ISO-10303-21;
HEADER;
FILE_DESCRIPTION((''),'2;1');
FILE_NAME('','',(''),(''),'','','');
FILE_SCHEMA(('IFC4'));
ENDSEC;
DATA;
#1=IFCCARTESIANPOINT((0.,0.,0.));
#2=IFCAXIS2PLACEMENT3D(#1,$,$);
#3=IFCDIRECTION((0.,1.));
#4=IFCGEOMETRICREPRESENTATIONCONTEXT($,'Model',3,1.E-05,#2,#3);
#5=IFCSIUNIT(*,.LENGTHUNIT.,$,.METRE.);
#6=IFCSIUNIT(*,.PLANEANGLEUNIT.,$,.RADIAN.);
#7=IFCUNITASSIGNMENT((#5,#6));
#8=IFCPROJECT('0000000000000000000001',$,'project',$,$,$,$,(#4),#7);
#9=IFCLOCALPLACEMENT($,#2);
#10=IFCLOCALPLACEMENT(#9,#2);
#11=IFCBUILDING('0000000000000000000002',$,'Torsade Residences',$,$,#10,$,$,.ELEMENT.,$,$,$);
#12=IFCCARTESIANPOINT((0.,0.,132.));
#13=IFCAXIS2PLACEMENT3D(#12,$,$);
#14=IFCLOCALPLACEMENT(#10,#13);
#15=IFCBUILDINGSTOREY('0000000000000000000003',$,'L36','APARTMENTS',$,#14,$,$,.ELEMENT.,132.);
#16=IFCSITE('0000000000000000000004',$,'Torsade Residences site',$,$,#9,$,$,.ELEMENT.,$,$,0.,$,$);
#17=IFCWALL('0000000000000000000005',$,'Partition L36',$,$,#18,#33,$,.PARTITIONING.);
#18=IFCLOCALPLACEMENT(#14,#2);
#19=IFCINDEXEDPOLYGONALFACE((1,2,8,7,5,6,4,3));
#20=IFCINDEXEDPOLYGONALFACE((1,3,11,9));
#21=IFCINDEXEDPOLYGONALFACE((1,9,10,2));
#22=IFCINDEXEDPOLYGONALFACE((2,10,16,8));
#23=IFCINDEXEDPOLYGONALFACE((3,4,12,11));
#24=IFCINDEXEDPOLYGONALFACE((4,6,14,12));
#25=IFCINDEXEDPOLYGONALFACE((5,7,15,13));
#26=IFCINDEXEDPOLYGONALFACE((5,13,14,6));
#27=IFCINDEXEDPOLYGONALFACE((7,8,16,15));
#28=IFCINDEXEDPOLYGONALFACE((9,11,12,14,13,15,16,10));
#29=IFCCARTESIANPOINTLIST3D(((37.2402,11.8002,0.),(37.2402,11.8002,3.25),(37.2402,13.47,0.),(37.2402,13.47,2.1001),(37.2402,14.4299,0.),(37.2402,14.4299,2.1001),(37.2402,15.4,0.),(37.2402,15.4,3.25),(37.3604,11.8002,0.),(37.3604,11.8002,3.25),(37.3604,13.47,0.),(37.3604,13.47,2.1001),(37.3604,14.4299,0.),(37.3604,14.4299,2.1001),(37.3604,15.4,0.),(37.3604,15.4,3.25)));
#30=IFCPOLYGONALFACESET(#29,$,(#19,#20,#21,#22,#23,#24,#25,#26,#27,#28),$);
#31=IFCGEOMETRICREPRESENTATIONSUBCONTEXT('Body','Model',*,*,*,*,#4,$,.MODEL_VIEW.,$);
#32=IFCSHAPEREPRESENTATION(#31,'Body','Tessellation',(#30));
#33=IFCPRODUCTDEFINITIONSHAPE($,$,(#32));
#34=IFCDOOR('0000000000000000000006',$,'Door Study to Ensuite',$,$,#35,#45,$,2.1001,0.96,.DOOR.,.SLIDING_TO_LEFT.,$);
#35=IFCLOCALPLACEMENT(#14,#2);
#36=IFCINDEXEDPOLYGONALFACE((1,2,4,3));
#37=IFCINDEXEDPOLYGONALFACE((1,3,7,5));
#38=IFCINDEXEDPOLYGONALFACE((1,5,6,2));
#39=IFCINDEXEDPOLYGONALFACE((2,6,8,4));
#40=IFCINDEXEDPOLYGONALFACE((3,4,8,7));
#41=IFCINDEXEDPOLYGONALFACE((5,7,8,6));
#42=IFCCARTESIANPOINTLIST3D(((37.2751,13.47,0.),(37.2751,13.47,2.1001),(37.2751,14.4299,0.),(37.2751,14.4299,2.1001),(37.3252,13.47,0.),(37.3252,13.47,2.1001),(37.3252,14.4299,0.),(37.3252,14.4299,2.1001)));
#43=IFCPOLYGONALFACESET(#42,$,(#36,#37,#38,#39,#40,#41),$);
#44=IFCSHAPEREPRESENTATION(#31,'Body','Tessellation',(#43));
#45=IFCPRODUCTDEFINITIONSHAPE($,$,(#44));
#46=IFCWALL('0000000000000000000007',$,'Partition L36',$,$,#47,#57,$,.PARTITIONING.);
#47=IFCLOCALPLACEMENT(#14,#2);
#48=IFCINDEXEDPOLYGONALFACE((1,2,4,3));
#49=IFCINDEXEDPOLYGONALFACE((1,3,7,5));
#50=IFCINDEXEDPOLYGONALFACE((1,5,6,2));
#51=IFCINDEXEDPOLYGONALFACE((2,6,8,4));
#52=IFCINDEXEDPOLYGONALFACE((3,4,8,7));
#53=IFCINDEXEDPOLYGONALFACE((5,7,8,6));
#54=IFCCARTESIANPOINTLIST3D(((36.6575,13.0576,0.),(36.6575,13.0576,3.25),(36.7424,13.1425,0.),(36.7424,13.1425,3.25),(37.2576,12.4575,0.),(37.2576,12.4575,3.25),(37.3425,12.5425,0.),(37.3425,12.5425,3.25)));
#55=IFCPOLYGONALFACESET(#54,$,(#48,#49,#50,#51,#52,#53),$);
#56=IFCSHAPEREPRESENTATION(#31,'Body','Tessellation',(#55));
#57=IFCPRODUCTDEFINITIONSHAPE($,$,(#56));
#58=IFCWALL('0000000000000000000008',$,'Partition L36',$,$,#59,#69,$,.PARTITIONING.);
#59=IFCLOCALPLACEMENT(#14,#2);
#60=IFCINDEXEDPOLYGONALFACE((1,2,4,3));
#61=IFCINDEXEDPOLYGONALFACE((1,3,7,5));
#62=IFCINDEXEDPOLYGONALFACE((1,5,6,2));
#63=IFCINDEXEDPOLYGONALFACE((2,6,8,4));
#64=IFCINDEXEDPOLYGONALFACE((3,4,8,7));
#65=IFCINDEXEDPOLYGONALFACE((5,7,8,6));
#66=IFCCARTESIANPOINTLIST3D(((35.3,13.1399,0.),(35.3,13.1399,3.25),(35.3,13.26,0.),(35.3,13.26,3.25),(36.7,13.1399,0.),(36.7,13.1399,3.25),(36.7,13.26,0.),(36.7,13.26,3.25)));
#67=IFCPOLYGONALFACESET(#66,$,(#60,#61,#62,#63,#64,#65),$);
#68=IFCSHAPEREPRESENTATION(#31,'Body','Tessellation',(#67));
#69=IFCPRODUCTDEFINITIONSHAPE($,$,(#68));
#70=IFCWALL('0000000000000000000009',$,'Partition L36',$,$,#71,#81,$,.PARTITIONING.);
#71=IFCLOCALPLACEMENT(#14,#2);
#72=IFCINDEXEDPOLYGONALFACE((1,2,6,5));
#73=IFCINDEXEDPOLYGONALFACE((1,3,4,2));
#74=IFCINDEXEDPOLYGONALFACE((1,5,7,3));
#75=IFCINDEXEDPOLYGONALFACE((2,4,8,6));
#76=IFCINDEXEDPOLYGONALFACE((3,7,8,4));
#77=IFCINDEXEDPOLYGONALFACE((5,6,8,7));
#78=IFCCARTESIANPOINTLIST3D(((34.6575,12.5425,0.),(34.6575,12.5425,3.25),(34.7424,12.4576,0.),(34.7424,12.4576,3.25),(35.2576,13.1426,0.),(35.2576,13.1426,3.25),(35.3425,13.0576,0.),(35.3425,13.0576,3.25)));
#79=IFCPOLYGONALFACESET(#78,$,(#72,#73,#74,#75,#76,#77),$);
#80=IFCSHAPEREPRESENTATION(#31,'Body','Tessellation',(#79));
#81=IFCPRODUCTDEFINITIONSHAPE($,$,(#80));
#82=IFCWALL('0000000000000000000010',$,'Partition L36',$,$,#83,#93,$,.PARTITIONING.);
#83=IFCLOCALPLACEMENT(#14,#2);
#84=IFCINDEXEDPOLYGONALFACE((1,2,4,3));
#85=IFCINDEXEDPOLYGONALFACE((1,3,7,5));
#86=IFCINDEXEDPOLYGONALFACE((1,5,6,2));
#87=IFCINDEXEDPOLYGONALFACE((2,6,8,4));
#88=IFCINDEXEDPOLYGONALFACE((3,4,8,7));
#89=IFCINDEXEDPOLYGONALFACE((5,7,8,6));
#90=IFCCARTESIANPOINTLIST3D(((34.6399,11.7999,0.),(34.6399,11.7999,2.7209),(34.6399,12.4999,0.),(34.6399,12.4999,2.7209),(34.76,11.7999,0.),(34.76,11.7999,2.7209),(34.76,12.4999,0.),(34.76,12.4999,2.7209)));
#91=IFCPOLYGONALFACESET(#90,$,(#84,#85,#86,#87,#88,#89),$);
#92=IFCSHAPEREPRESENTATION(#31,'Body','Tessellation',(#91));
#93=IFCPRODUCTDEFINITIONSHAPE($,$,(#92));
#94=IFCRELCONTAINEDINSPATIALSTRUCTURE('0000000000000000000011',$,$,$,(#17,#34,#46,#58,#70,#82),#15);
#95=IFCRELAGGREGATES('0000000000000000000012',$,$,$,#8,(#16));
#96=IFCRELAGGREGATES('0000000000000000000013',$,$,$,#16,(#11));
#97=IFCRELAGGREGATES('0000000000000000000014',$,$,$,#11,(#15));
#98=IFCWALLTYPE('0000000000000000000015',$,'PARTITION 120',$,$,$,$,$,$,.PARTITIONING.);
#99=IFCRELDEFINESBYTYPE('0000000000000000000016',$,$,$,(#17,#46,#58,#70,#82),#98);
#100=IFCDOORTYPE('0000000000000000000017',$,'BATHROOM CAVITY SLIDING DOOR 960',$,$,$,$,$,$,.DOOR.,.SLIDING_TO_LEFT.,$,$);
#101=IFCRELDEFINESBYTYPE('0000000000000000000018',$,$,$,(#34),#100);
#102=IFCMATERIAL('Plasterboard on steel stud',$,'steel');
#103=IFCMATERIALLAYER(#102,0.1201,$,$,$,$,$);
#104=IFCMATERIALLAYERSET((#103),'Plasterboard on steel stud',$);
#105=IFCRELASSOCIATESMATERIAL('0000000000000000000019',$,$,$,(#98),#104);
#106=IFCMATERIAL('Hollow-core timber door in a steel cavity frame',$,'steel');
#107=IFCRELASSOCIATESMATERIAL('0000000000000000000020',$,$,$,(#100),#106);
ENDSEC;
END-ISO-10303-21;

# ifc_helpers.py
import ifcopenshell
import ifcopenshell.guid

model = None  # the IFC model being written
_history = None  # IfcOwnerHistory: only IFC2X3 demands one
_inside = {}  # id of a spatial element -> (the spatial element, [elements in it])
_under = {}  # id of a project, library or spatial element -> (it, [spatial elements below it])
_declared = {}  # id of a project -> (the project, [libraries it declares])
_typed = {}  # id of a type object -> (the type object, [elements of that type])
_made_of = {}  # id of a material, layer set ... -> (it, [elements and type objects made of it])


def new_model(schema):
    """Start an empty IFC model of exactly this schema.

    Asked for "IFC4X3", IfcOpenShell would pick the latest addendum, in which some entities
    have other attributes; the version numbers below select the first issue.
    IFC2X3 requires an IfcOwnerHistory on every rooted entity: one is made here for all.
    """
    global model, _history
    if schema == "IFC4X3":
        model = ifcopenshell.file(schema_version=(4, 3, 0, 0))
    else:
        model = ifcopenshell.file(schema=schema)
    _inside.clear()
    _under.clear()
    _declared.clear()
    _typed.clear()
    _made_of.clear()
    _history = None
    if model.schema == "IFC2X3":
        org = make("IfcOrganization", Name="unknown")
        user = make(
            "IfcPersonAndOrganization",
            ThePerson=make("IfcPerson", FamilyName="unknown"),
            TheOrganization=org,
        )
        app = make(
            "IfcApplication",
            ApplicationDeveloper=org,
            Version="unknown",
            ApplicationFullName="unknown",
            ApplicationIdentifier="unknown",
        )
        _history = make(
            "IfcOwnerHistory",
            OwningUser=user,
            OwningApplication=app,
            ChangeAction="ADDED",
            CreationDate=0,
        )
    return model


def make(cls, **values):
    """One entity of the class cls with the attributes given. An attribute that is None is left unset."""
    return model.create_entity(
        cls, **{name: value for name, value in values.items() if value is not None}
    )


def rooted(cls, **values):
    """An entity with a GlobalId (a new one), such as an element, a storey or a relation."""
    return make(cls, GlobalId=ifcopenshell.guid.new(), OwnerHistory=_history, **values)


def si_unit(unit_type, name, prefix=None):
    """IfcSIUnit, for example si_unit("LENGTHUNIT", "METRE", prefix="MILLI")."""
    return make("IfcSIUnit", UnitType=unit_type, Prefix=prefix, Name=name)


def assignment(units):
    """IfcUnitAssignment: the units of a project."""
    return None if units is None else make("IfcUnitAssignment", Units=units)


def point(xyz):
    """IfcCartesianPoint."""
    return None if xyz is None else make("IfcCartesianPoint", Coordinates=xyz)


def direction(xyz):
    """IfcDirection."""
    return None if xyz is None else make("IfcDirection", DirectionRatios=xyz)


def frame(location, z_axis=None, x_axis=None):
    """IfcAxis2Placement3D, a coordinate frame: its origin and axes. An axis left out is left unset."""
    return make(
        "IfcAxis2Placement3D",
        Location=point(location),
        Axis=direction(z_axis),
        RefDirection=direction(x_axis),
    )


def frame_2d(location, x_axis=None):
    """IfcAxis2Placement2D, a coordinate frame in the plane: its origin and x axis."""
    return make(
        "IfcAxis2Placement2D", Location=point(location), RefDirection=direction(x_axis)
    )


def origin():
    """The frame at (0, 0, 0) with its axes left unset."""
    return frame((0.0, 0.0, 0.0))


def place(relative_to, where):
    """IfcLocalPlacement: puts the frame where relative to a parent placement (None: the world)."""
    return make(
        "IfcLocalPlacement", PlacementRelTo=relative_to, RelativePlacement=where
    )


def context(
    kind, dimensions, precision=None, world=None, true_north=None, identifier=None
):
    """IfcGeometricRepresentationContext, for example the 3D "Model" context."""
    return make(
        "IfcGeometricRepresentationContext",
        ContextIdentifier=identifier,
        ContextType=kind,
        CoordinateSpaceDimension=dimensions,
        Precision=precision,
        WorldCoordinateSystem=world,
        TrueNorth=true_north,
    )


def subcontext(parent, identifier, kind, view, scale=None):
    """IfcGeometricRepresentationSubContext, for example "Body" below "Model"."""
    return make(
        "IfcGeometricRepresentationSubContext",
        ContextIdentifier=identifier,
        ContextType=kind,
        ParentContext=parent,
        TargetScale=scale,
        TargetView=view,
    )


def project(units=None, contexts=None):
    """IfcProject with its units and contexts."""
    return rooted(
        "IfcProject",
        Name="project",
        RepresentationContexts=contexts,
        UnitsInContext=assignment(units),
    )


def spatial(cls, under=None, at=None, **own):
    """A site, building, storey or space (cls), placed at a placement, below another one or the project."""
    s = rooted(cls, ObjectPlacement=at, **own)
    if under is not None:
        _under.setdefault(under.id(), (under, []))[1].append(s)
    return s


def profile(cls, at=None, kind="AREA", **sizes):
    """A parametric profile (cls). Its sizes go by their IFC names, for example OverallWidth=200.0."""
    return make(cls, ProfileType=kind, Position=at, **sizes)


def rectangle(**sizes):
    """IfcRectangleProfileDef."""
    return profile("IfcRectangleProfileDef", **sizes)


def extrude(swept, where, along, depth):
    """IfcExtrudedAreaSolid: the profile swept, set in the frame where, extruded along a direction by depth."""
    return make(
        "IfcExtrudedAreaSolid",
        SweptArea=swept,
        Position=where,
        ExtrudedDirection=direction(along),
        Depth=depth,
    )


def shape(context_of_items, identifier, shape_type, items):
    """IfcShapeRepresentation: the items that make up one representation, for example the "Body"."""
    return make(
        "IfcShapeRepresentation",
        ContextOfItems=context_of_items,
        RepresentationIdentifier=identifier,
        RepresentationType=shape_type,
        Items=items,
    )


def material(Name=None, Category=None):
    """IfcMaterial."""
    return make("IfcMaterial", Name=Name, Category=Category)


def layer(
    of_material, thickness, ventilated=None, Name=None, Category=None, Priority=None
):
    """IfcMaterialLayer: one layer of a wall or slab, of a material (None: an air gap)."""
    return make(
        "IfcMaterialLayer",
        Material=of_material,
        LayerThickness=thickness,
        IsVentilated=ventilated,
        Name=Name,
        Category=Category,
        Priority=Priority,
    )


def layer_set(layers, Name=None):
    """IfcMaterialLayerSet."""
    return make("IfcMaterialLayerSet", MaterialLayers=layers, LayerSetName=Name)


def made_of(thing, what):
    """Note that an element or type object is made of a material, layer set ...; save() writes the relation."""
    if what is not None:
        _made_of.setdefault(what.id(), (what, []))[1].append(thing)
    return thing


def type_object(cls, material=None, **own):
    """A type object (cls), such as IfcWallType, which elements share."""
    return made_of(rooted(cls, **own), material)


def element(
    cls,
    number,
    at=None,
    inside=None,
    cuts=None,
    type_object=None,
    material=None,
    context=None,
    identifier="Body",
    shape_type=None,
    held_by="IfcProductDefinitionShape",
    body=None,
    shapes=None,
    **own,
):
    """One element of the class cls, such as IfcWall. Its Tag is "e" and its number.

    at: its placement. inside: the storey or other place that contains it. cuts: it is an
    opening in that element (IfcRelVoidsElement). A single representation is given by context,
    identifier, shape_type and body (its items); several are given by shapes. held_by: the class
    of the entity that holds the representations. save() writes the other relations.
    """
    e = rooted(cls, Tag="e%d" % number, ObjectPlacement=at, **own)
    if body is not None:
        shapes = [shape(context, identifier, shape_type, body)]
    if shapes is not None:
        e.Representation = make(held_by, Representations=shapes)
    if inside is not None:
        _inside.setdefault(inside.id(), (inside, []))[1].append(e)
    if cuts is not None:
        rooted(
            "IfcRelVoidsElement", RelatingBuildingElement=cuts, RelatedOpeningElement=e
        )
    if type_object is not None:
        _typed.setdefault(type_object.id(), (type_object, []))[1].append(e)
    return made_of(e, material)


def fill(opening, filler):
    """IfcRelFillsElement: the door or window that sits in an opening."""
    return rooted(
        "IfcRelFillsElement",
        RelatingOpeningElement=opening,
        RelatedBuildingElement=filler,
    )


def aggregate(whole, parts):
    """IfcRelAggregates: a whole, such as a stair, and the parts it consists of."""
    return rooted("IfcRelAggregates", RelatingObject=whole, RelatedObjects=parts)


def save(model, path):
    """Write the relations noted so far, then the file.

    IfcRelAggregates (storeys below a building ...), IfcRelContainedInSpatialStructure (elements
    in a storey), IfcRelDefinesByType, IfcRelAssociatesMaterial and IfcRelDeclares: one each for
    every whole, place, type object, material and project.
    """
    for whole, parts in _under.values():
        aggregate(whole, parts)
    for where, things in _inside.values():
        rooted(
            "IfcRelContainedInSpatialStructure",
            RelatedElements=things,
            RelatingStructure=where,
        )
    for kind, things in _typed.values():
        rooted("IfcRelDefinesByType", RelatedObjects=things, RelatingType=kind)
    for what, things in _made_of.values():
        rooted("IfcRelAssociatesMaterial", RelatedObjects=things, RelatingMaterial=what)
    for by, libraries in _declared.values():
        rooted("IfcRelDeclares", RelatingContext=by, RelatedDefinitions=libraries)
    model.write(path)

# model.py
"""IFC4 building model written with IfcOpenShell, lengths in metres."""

from ifc_helpers import new_model, si_unit, direction, frame, frame_2d, origin, place, context, subcontext, project, spatial, rectangle, extrude, material, layer, layer_set, type_object, element, fill, save


model = new_model("IFC4")

# Units and contexts
model_context = context("Model", 3, precision=1e-05, world=origin(), true_north=direction((0.0, 1.0)))
body_context = subcontext(model_context, "Body", "Model", "MODEL_VIEW")
ifc_project = project(units=[si_unit("LENGTHUNIT", "METRE"), si_unit("PLANEANGLEUNIT", "RADIAN")], contexts=[model_context])

# Site, building, storey
site_placement = place(None, origin())
site = spatial("IfcSite", under=ifc_project, at=site_placement, Name="Torsade Residences site", CompositionType="ELEMENT", RefElevation=0.0)
building_placement = place(site_placement, origin())
building = spatial("IfcBuilding", under=site, at=building_placement, Name="Torsade Residences", CompositionType="ELEMENT")
storey_placement = place(building_placement, frame((0.0, 0.0, 132.0)))
storey = spatial("IfcBuildingStorey", under=building, at=storey_placement, Name="L36", Description="APARTMENTS", CompositionType="ELEMENT", Elevation=132.0)

# Shared definitions
ifc_material_1 = material(Name="Plasterboard on steel stud", Category="steel")
ifc_layer_1 = layer(ifc_material_1, 0.1201)
ifc_layer_set_1 = layer_set([ifc_layer_1], Name="Plasterboard on steel stud")
wall_type_1 = type_object("IfcWallType", Name="PARTITION 120", PredefinedType="PARTITIONING", material=ifc_layer_set_1)
ifc_material_2 = material(Name="Hollow-core timber door in a steel cavity frame", Category="steel")
door_type_1 = type_object("IfcDoorType", Name="BATHROOM CAVITY SLIDING DOOR 960", OperationType="SLIDING_TO_LEFT", PredefinedType="DOOR", material=ifc_material_2)

# Wall, opening, door
wall_1_placement = place(storey_placement, frame((37.3003, 15.3999, 0.0), z_axis=(0.0, 0.0, 1.0), x_axis=(0.0, -1.0, 0.0)))
wall_1 = element("IfcWall", 1, at=wall_1_placement, inside=storey, type_object=wall_type_1, Name="Partition L36", PredefinedType="PARTITIONING", context=body_context, shape_type="SweptSolid", body=[
    extrude(rectangle(XDim=3.5999, YDim=0.1201, at=frame_2d((1.7998, 0.0))), origin(), (0.0, 0.0, 1.0), 3.25),
])
opening_1_placement = place(wall_1_placement, frame((0.97, 0.0, 0.0)))
opening_1 = element("IfcOpeningElement", 2, at=opening_1_placement, cuts=wall_1, PredefinedType="OPENING", context=body_context, shape_type="SweptSolid", body=[
    extrude(rectangle(XDim=0.96, YDim=2.1001, at=frame_2d((0.48, 1.05))), frame((0.0, 0.0701, 0.0), z_axis=(0.0, -1.0, 0.0), x_axis=(1.0, 0.0, 0.0)), (0.0, 0.0, 1.0), 0.1401),
])
door_1_placement = place(opening_1_placement, origin())
door_1 = element("IfcDoor", 3, at=door_1_placement, inside=storey, type_object=door_type_1, Name="Door Study to Ensuite", OperationType="SLIDING_TO_LEFT", OverallHeight=2.1001, OverallWidth=0.96, PredefinedType="DOOR", context=body_context, shape_type="SweptSolid", body=[
    extrude(rectangle(XDim=0.96, YDim=2.1001, at=frame_2d((0.48, 1.05))), frame((0.0, 0.0249, 0.0), z_axis=(0.0, -1.0, 0.0), x_axis=(1.0, 0.0, 0.0)), (0.0, 0.0, 1.0), 0.05),
])
fill(opening_1, door_1)

# Walls
wall_2_placement = place(storey_placement, frame((37.3, 12.5, 0.0), z_axis=(0.0, 0.0, 1.0), x_axis=(-0.707107, 0.707107, 0.0)))
element("IfcWall", 4, at=wall_2_placement, inside=storey, type_object=wall_type_1, Name="Partition L36", PredefinedType="PARTITIONING", context=body_context, shape_type="SweptSolid", body=[
    extrude(rectangle(XDim=0.8486, YDim=0.1201, at=frame_2d((0.4243, 0.0))), origin(), (0.0, 0.0, 1.0), 3.25),
])
wall_3_placement = place(storey_placement, frame((36.7, 13.2, 0.0), z_axis=(0.0, 0.0, 1.0), x_axis=(-1.0, 0.0, 0.0)))
element("IfcWall", 5, at=wall_3_placement, inside=storey, type_object=wall_type_1, Name="Partition L36", PredefinedType="PARTITIONING", context=body_context, shape_type="SweptSolid", body=[
    extrude(rectangle(XDim=1.3999, YDim=0.1201, at=frame_2d((0.7, 0.0))), origin(), (0.0, 0.0, 1.0), 3.25),
])
wall_4_placement = place(storey_placement, frame((35.3, 13.1001, 0.0), z_axis=(0.0, 0.0, 1.0), x_axis=(-0.707107, -0.707107, 0.0)))
element("IfcWall", 6, at=wall_4_placement, inside=storey, type_object=wall_type_1, Name="Partition L36", PredefinedType="PARTITIONING", context=body_context, shape_type="SweptSolid", body=[
    extrude(rectangle(XDim=0.8486, YDim=0.1201, at=frame_2d((0.4243, 0.0))), origin(), (0.0, 0.0, 1.0), 3.25),
])
wall_5_placement = place(storey_placement, frame((34.7, 12.5, 0.0), z_axis=(0.0, 0.0, 1.0), x_axis=(0.0, -1.0, 0.0)))
element("IfcWall", 7, at=wall_5_placement, inside=storey, type_object=wall_type_1, Name="Partition L36", PredefinedType="PARTITIONING", context=body_context, shape_type="SweptSolid", body=[
    extrude(rectangle(XDim=0.7, YDim=0.1201, at=frame_2d((0.3501, 0.0))), origin(), (0.0, 0.0, 1.0), 2.7209),
])

save(model, "model.ifc")
